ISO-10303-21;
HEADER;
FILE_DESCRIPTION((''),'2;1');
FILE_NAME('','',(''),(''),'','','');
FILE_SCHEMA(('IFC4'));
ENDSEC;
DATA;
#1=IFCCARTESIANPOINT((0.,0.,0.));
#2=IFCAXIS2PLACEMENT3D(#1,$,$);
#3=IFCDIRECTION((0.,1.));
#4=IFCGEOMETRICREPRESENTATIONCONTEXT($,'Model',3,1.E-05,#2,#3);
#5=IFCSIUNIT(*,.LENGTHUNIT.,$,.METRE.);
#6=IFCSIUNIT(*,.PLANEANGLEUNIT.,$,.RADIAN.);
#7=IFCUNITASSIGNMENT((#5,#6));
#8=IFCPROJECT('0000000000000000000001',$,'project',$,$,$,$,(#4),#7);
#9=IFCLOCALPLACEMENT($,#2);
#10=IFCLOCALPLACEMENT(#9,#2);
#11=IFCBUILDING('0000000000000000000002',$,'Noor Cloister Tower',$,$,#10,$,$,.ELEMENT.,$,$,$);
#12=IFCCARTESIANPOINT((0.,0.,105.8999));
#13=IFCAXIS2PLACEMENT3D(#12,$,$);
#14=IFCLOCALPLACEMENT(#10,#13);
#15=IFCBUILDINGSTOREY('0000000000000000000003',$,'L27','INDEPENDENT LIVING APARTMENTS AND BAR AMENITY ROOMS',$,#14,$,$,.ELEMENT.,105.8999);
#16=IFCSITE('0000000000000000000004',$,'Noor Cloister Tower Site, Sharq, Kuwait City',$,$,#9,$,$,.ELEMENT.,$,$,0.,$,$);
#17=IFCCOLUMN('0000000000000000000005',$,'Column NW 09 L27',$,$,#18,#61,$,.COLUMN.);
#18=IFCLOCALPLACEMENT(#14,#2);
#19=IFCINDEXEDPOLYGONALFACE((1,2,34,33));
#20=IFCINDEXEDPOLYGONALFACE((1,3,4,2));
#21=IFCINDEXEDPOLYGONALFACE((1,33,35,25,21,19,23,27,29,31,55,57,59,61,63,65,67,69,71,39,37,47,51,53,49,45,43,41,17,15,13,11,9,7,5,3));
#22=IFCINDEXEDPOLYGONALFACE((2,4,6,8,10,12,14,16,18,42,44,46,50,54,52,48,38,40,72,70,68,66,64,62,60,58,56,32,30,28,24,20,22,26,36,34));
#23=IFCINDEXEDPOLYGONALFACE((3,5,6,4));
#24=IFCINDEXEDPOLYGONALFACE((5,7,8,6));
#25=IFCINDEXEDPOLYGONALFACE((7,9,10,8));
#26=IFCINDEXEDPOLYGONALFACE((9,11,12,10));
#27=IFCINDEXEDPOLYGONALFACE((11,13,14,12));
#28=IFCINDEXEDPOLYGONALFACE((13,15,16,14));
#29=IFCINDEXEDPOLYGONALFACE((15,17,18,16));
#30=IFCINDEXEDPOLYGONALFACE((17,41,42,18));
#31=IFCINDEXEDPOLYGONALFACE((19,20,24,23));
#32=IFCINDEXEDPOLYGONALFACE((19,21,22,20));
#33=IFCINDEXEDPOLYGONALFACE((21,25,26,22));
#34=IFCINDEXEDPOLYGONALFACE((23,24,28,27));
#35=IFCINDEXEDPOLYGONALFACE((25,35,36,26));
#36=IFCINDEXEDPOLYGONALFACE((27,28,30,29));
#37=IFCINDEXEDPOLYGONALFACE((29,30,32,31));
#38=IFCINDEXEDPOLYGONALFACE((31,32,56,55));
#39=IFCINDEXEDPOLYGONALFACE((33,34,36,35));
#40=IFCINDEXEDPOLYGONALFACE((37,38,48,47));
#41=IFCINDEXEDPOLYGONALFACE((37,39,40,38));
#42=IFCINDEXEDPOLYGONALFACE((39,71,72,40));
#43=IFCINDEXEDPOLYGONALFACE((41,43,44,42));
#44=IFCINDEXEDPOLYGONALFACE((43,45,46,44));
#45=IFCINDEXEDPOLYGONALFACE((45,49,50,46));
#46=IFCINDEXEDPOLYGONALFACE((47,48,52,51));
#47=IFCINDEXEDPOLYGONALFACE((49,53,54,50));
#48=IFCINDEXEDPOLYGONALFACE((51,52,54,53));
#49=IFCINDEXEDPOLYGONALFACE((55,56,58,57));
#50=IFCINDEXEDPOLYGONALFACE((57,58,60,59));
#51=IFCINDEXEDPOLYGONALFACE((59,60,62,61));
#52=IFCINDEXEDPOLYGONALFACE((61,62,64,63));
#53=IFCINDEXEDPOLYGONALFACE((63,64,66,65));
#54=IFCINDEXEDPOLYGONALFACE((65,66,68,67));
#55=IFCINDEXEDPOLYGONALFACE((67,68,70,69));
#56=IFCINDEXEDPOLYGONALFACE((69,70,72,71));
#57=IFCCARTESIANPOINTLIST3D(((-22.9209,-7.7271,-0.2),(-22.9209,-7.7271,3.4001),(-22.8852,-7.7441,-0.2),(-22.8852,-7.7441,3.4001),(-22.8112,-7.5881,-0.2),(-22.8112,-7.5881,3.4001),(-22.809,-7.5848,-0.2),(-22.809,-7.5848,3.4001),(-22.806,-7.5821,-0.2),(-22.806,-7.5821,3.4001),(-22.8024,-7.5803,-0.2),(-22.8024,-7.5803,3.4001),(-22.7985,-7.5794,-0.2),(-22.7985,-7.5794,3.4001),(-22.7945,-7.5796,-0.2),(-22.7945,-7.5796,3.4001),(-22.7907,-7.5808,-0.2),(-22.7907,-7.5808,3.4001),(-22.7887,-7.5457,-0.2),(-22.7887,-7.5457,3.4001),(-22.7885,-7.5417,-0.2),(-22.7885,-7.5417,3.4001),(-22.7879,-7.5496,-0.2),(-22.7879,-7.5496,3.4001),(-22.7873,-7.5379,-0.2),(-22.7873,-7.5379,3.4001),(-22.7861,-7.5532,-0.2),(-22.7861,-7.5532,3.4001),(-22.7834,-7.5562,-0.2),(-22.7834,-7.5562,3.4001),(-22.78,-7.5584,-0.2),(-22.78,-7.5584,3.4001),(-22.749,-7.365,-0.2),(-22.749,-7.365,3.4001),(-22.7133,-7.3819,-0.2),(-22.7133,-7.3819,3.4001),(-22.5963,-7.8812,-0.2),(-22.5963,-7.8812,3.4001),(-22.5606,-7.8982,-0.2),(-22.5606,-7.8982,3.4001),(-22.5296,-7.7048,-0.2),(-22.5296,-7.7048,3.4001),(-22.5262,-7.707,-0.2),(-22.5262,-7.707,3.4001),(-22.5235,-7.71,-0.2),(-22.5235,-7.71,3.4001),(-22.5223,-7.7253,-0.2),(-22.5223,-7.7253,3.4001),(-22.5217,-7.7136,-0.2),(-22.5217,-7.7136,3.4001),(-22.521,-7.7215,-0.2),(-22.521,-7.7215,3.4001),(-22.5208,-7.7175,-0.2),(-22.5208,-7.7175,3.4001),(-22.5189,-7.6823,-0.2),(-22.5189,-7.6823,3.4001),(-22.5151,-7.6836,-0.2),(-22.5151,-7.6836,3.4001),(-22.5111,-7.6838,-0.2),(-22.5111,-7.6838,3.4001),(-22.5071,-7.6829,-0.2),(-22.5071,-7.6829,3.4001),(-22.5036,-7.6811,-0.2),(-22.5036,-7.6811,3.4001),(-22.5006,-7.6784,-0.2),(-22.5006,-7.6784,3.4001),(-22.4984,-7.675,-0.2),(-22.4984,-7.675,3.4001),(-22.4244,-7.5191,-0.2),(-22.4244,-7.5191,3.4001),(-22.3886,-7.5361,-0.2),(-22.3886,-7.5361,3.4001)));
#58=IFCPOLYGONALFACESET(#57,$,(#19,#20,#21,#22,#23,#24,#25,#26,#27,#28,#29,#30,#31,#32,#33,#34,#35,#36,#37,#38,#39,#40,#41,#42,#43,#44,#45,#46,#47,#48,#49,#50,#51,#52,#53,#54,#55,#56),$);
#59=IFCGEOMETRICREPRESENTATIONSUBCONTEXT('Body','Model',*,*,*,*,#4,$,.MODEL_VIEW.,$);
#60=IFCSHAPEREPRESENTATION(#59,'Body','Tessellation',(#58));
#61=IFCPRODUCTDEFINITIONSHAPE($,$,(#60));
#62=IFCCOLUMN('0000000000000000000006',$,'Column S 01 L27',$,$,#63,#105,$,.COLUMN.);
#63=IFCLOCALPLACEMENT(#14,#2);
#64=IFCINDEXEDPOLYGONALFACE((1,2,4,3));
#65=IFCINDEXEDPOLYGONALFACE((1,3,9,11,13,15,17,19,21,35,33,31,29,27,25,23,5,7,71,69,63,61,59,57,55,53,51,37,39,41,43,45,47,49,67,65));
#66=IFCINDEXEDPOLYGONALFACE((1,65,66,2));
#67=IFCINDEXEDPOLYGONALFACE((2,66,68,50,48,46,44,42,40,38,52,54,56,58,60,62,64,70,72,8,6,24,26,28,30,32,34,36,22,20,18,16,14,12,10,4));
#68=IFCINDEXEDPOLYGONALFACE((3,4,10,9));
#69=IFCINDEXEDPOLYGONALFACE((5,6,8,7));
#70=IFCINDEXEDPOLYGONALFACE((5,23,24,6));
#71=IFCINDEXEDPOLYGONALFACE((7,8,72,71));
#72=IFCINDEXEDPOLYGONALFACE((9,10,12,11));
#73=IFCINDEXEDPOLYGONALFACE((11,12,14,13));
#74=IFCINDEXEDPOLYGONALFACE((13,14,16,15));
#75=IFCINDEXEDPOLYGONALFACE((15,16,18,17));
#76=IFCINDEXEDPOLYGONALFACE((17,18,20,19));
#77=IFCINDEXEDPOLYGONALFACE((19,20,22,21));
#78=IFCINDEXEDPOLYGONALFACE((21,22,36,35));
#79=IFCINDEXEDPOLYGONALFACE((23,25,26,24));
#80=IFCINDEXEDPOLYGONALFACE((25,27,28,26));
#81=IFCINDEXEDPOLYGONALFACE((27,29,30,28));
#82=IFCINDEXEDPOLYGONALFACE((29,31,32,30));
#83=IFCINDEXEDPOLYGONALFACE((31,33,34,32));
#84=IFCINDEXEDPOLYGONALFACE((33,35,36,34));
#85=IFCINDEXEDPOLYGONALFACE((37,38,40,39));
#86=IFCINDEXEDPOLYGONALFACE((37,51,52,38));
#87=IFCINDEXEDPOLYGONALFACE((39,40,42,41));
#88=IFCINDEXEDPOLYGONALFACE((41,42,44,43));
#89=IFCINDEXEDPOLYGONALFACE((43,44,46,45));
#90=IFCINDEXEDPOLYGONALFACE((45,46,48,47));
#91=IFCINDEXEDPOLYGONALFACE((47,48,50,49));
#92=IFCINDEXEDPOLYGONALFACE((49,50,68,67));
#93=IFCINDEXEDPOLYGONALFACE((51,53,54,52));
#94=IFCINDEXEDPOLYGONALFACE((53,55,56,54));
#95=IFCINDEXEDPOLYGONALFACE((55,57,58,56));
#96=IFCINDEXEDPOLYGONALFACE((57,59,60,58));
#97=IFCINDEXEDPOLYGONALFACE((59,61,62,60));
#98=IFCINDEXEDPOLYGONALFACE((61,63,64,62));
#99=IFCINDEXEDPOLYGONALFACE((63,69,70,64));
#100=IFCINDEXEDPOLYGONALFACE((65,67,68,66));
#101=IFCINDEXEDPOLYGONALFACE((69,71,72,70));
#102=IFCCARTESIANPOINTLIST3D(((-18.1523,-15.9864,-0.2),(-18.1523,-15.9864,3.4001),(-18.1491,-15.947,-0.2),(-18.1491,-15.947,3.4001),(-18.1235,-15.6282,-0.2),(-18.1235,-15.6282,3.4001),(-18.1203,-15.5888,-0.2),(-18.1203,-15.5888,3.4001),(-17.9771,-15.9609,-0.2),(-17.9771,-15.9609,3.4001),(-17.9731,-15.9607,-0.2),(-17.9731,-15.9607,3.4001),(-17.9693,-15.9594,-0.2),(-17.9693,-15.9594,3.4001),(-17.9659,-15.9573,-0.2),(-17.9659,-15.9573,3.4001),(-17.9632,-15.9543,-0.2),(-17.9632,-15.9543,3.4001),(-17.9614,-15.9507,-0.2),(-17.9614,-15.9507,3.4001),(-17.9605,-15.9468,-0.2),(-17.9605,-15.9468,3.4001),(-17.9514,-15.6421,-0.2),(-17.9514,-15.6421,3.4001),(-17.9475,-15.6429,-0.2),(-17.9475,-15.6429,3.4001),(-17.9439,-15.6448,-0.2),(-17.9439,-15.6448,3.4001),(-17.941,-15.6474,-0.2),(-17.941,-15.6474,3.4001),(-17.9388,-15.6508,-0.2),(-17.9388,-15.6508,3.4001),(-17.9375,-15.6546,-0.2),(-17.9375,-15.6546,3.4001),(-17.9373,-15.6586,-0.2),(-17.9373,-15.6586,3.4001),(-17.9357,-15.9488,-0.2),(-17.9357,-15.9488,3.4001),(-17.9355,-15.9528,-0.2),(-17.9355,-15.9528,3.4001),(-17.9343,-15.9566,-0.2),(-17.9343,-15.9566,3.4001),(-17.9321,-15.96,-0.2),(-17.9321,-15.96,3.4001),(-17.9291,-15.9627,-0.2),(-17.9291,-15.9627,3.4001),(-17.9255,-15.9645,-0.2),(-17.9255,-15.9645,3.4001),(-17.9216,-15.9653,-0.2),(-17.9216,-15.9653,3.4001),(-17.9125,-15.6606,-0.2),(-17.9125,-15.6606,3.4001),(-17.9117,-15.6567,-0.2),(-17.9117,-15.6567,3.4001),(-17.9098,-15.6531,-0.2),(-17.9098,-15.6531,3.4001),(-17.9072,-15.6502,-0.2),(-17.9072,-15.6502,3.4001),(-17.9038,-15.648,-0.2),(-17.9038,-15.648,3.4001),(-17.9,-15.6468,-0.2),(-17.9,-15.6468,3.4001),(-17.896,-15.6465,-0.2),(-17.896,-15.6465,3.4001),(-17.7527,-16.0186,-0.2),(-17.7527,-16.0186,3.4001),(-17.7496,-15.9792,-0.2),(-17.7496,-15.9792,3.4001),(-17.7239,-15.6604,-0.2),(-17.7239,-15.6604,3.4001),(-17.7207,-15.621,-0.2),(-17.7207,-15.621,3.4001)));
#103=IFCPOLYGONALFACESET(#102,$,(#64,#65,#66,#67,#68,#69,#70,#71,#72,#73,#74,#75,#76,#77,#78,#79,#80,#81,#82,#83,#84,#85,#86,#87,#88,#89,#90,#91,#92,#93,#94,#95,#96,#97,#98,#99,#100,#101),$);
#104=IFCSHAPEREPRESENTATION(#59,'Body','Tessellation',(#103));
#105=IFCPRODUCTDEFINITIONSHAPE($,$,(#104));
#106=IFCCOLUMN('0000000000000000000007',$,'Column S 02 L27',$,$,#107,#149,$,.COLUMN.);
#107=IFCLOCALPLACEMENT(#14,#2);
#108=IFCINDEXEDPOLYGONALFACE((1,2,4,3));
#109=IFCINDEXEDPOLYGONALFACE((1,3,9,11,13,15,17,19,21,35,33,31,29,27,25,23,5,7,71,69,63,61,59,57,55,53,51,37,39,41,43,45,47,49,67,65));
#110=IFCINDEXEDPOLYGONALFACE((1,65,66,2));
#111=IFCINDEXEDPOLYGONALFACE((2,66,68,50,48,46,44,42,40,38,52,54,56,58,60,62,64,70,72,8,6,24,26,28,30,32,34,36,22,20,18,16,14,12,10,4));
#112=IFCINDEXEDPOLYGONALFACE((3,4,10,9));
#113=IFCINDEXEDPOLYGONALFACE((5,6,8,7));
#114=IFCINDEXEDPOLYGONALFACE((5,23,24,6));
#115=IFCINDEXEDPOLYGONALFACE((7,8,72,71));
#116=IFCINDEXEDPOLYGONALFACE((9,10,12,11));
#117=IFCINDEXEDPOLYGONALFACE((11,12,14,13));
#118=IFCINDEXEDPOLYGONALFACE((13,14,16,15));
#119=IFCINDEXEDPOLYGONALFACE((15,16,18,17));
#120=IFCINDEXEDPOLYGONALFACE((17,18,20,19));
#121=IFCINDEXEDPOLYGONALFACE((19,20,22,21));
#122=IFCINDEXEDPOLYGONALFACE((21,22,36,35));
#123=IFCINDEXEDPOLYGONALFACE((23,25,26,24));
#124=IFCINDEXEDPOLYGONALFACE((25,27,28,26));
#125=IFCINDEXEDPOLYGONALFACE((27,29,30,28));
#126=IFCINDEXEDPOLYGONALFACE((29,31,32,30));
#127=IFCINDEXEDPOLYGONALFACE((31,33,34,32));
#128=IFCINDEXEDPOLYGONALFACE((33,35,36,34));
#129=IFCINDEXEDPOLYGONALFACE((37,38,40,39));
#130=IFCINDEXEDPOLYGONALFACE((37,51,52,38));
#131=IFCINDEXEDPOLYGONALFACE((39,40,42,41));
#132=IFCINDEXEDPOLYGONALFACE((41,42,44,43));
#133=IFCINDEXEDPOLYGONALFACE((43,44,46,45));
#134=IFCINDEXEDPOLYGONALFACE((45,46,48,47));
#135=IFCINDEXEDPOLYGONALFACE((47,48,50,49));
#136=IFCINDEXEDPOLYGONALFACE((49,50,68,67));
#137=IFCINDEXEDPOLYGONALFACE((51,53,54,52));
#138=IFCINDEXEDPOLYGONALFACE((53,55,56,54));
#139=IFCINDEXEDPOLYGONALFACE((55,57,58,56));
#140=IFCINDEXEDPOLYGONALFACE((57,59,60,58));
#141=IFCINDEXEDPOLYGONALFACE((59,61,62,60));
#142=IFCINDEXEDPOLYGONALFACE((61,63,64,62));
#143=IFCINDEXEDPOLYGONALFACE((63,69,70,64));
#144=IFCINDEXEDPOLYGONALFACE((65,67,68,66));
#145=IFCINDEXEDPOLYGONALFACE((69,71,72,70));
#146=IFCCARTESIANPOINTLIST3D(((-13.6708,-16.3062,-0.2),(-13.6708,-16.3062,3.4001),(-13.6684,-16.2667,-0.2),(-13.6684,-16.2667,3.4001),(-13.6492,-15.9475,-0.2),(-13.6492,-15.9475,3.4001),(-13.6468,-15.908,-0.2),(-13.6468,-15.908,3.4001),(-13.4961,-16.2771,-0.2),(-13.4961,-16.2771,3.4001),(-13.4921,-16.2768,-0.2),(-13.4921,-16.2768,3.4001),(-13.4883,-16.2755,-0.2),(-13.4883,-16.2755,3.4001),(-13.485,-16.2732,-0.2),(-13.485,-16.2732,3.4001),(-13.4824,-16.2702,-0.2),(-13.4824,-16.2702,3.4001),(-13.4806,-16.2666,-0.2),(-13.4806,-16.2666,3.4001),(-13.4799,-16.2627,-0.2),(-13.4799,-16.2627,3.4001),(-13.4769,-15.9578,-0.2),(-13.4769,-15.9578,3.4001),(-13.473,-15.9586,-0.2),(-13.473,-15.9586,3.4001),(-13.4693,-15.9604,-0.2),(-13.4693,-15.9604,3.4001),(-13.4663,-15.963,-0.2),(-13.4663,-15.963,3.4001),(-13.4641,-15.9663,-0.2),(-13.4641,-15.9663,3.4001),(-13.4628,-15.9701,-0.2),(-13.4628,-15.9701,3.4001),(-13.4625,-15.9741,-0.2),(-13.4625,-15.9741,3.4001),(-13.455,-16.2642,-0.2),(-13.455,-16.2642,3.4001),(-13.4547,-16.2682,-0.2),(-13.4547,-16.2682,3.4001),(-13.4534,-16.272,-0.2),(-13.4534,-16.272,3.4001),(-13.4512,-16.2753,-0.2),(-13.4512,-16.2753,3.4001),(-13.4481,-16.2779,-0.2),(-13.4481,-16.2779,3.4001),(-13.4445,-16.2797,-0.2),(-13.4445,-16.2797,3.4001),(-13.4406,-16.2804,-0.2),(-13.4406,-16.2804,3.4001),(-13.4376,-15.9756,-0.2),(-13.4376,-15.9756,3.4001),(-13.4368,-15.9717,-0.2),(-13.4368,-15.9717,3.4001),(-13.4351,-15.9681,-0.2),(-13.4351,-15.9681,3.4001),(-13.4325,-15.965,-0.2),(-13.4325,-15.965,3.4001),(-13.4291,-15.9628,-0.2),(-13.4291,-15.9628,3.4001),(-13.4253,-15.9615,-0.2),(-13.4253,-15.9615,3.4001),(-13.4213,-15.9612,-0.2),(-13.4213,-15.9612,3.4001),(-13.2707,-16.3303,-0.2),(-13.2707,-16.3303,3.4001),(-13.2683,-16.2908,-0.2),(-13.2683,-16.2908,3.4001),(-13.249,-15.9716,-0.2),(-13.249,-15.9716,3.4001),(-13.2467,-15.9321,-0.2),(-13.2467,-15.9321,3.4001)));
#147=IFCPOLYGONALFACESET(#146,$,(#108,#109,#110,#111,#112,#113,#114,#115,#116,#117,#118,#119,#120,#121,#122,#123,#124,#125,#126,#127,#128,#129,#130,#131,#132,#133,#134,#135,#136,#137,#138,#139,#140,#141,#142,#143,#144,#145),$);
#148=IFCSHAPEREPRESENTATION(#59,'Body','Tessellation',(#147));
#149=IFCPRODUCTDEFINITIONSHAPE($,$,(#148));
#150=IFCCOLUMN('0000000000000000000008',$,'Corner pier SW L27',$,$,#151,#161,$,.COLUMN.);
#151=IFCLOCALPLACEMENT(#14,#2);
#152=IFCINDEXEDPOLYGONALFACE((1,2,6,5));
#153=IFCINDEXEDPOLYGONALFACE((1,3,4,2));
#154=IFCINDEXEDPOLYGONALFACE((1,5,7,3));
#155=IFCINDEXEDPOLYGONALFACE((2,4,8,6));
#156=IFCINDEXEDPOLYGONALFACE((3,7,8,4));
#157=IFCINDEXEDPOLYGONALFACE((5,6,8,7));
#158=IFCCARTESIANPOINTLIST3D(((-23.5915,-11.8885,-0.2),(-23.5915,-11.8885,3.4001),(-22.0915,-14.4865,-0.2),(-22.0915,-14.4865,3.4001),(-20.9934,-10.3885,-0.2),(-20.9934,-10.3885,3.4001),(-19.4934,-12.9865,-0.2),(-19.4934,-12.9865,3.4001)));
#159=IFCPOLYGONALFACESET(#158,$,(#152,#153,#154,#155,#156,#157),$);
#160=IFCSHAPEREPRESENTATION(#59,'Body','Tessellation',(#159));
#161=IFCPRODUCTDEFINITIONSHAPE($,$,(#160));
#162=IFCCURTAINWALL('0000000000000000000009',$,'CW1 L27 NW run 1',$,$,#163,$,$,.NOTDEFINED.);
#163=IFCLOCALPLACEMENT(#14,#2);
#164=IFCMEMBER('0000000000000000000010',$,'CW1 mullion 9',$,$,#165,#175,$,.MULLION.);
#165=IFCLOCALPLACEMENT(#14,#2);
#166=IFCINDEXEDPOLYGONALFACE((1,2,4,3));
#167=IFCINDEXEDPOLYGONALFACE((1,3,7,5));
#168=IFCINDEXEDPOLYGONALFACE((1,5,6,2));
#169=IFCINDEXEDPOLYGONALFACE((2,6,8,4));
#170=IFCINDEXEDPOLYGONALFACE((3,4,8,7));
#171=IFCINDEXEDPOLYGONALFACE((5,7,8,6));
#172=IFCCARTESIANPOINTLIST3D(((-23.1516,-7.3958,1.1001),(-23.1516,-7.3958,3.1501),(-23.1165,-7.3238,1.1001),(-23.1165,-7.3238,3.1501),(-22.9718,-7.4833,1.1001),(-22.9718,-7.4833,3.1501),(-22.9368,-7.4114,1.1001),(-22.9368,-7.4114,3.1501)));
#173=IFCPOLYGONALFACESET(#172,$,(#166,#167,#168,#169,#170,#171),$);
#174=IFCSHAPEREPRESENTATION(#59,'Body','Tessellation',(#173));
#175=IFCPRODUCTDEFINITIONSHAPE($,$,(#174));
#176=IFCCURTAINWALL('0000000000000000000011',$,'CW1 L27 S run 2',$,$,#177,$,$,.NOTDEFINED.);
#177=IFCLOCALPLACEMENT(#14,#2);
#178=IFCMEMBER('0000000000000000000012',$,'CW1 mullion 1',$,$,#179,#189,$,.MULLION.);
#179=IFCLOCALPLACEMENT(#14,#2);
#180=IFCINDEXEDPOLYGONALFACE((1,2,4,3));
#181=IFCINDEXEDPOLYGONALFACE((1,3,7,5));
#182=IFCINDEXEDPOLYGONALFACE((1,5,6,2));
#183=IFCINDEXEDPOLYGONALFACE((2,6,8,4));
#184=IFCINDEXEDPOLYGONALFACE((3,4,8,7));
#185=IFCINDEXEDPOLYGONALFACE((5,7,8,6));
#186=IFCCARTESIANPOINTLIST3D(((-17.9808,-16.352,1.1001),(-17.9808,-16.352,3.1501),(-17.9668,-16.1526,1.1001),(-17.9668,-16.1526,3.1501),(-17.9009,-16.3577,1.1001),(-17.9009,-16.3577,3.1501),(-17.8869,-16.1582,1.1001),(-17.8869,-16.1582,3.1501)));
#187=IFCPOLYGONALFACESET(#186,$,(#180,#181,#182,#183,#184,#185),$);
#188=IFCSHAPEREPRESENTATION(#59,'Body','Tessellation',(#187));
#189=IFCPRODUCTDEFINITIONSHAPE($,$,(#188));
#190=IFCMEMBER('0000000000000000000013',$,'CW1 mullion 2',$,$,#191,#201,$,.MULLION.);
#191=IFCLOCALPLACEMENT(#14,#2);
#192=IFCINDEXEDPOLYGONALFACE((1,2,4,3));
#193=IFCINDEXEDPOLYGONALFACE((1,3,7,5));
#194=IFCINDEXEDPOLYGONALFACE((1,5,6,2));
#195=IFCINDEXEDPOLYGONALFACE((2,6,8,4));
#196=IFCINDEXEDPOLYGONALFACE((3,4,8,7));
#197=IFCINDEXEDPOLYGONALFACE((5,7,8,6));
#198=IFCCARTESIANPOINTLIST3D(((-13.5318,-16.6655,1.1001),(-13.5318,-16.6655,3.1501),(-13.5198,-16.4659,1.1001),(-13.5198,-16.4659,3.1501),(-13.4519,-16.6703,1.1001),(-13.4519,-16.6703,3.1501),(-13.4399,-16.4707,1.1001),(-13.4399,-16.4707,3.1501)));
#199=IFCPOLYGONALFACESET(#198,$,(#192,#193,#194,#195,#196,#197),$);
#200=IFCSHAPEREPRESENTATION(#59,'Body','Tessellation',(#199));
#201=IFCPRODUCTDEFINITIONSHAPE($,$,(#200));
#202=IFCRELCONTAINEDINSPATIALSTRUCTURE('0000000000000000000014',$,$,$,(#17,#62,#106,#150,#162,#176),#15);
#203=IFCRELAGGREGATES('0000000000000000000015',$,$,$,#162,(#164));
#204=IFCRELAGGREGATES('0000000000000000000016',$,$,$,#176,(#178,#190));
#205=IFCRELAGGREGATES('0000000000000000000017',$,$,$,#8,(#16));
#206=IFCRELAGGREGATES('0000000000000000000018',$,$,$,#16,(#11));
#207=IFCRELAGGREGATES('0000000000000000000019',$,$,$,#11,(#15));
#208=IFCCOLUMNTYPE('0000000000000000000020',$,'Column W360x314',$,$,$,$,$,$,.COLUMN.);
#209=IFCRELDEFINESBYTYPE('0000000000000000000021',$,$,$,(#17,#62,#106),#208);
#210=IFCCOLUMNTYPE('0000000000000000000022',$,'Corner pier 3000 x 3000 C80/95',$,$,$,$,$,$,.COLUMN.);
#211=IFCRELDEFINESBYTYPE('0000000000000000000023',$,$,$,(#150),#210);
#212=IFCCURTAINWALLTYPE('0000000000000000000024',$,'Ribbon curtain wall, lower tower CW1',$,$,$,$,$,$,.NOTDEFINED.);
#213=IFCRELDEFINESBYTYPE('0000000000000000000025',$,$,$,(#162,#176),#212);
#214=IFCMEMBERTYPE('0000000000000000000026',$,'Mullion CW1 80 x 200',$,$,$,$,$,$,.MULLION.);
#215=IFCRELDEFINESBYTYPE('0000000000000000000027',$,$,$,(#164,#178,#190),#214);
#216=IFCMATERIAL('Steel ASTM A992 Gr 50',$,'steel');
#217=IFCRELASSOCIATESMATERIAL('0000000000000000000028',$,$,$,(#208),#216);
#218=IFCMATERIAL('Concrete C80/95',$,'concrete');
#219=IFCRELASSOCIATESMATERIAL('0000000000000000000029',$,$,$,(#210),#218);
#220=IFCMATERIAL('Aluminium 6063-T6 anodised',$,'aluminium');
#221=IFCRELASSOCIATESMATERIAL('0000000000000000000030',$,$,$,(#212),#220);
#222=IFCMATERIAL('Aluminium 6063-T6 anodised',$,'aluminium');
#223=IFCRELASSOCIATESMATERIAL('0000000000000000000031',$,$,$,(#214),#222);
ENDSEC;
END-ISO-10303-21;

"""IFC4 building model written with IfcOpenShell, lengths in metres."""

from ifc_helpers import new_model, si_unit, direction, frame, origin, origin_2d, place, context, subcontext, project, spatial, rectangle, i_section, extrude, material, material_profile, profile_set, type_object, element, aggregate, save


model = new_model("IFC4")

# Units and contexts
model_context = context("Model", 3, precision=1e-05, world=origin(), true_north=direction((0.0, 1.0)))
body_context = subcontext(model_context, "Body", "Model", "MODEL_VIEW")
ifc_project = project(units=[si_unit("LENGTHUNIT", "METRE"), si_unit("PLANEANGLEUNIT", "RADIAN")], contexts=[model_context])

# Site, building, storey
site_placement = place(None, origin())
site = spatial("IfcSite", under=ifc_project, at=site_placement, Name="Noor Cloister Tower Site, Sharq, Kuwait City", CompositionType="ELEMENT", RefElevation=0.0)
building_placement = place(site_placement, origin())
building = spatial("IfcBuilding", under=site, at=building_placement, Name="Noor Cloister Tower", CompositionType="ELEMENT")
storey_placement = place(building_placement, frame((0.0, 0.0, 105.8999)))
storey = spatial("IfcBuildingStorey", under=building, at=storey_placement, Name="L27", Description="INDEPENDENT LIVING APARTMENTS AND BAR AMENITY ROOMS", CompositionType="ELEMENT", Elevation=105.8999)

# Columns
ifc_material_1 = material(Name="Steel ASTM A992 Gr 50", Category="steel")
ifc_material_profile_1 = material_profile(ifc_material_1, i_section(OverallWidth=0.4009, OverallDepth=0.3989, WebThickness=0.0249, FlangeThickness=0.0396, FilletRadius=0.0154, at=origin_2d()), Name="W360x314")
ifc_profile_set_1 = profile_set([ifc_material_profile_1], Name="Steel ASTM A992 Gr 50")
column_type_1 = type_object("IfcColumnType", Name="Column W360x314", PredefinedType="COLUMN", material=ifc_profile_set_1)
for number, where, z_axis, x_axis, name in (
    (1, (-22.6548, -7.6316, -0.2), (0.0, 0.0, 1.0), (-0.428908, -0.903348, 0.0), "Column NW 09 L27"),
    (2, (-17.9365, -15.8037, -0.2), (0.0, 0.0, 1.0), (0.996776, -0.080229, 0.0), "Column S 01 L27"),
    (3, (-13.4587, -16.1191, -0.2), (0.0, 0.0, 1.0), (0.998186, -0.0602, 0.0), "Column S 02 L27"),
):
    element("IfcColumn", number, at=place(storey_placement, frame(where, z_axis=z_axis, x_axis=x_axis)), inside=storey, type_object=column_type_1, Name=name, PredefinedType="COLUMN", context=body_context, shape_type="SweptSolid", body=[
        extrude(i_section(OverallWidth=0.4009, OverallDepth=0.3989, WebThickness=0.0249, FlangeThickness=0.0396, FilletRadius=0.0154, at=origin_2d()), origin(), (0.0, 0.0, 1.0), 3.6001),
    ])
ifc_material_2 = material(Name="Concrete C80/95", Category="concrete")
ifc_material_profile_2 = material_profile(ifc_material_2, rectangle(XDim=3.0, YDim=3.0, at=origin_2d()), Name="RC 3000x3000")
ifc_profile_set_2 = profile_set([ifc_material_profile_2], Name="Concrete C80/95")
column_type_2 = type_object("IfcColumnType", Name="Corner pier 3000 x 3000 C80/95", PredefinedType="COLUMN", material=ifc_profile_set_2)
column_placement = place(storey_placement, frame((-21.5425, -12.4375, -0.2), z_axis=(0.0, 0.0, 1.0), x_axis=(-0.866025, -0.5, 0.0)))
element("IfcColumn", 4, at=column_placement, inside=storey, type_object=column_type_2, Name="Corner pier SW L27", PredefinedType="COLUMN", context=body_context, shape_type="SweptSolid", body=[
    extrude(rectangle(XDim=3.0, YDim=3.0, at=origin_2d()), origin(), (0.0, 0.0, 1.0), 3.6001),
])

# Curtain wall, member
ifc_material_3 = material(Name="Aluminium 6063-T6 anodised", Category="aluminium")
curtain_wall_type = type_object("IfcCurtainWallType", Name="Ribbon curtain wall, lower tower CW1", PredefinedType="NOTDEFINED", material=ifc_material_3)
curtain_wall_1_placement = place(storey_placement, origin())
curtain_wall_1 = element("IfcCurtainWall", 5, at=curtain_wall_1_placement, inside=storey, type_object=curtain_wall_type, Name="CW1 L27 NW run 1", PredefinedType="NOTDEFINED")
ifc_material_4 = material(Name="Aluminium 6063-T6 anodised", Category="aluminium")
ifc_material_profile_3 = material_profile(ifc_material_4, rectangle(XDim=0.2, YDim=0.0801, at=origin_2d()), Name="200 x 80 mullion")
ifc_profile_set_3 = profile_set([ifc_material_profile_3], Name="Aluminium 6063-T6 anodised")
member_type = type_object("IfcMemberType", Name="Mullion CW1 80 x 200", PredefinedType="MULLION", material=ifc_profile_set_3)
member_1_placement = place(storey_placement, frame((-23.0442, -7.4036, 1.1001), z_axis=(0.0, 0.0, 1.0), x_axis=(0.898997, -0.437955, 0.0)))
member_1 = element("IfcMember", 6, at=member_1_placement, type_object=member_type, Name="CW1 mullion 9", PredefinedType="MULLION", context=body_context, shape_type="SweptSolid", body=[
    extrude(rectangle(XDim=0.2, YDim=0.0801, at=origin_2d()), origin(), (0.0, 0.0, 1.0), 2.05),
])
aggregate(curtain_wall_1, [member_1])

# Curtain wall, members
curtain_wall_2_placement = place(storey_placement, origin())
curtain_wall_2 = element("IfcCurtainWall", 7, at=curtain_wall_2_placement, inside=storey, type_object=curtain_wall_type, Name="CW1 L27 S run 2", PredefinedType="NOTDEFINED")
member_2_placement = place(storey_placement, frame((-17.9338, -16.2551, 1.1001), z_axis=(0.0, 0.0, 1.0), x_axis=(0.070218, 0.997532, 0.0)))
member_2 = element("IfcMember", 8, at=member_2_placement, type_object=member_type, Name="CW1 mullion 1", PredefinedType="MULLION", context=body_context, shape_type="SweptSolid", body=[
    extrude(rectangle(XDim=0.2, YDim=0.0801, at=origin_2d()), origin(), (0.0, 0.0, 1.0), 2.05),
])
member_3_placement = place(storey_placement, frame((-13.4858, -16.5681, 1.1001), z_axis=(0.0, 0.0, 1.0), x_axis=(0.0602, 0.998186, 0.0)))
member_3 = element("IfcMember", 9, at=member_3_placement, type_object=member_type, Name="CW1 mullion 2", PredefinedType="MULLION", context=body_context, shape_type="SweptSolid", body=[
    extrude(rectangle(XDim=0.2, YDim=0.0801, at=origin_2d()), origin(), (0.0, 0.0, 1.0), 2.05),
])

aggregate(curtain_wall_2, [member_2, member_3])

save(model, "model.ifc")
